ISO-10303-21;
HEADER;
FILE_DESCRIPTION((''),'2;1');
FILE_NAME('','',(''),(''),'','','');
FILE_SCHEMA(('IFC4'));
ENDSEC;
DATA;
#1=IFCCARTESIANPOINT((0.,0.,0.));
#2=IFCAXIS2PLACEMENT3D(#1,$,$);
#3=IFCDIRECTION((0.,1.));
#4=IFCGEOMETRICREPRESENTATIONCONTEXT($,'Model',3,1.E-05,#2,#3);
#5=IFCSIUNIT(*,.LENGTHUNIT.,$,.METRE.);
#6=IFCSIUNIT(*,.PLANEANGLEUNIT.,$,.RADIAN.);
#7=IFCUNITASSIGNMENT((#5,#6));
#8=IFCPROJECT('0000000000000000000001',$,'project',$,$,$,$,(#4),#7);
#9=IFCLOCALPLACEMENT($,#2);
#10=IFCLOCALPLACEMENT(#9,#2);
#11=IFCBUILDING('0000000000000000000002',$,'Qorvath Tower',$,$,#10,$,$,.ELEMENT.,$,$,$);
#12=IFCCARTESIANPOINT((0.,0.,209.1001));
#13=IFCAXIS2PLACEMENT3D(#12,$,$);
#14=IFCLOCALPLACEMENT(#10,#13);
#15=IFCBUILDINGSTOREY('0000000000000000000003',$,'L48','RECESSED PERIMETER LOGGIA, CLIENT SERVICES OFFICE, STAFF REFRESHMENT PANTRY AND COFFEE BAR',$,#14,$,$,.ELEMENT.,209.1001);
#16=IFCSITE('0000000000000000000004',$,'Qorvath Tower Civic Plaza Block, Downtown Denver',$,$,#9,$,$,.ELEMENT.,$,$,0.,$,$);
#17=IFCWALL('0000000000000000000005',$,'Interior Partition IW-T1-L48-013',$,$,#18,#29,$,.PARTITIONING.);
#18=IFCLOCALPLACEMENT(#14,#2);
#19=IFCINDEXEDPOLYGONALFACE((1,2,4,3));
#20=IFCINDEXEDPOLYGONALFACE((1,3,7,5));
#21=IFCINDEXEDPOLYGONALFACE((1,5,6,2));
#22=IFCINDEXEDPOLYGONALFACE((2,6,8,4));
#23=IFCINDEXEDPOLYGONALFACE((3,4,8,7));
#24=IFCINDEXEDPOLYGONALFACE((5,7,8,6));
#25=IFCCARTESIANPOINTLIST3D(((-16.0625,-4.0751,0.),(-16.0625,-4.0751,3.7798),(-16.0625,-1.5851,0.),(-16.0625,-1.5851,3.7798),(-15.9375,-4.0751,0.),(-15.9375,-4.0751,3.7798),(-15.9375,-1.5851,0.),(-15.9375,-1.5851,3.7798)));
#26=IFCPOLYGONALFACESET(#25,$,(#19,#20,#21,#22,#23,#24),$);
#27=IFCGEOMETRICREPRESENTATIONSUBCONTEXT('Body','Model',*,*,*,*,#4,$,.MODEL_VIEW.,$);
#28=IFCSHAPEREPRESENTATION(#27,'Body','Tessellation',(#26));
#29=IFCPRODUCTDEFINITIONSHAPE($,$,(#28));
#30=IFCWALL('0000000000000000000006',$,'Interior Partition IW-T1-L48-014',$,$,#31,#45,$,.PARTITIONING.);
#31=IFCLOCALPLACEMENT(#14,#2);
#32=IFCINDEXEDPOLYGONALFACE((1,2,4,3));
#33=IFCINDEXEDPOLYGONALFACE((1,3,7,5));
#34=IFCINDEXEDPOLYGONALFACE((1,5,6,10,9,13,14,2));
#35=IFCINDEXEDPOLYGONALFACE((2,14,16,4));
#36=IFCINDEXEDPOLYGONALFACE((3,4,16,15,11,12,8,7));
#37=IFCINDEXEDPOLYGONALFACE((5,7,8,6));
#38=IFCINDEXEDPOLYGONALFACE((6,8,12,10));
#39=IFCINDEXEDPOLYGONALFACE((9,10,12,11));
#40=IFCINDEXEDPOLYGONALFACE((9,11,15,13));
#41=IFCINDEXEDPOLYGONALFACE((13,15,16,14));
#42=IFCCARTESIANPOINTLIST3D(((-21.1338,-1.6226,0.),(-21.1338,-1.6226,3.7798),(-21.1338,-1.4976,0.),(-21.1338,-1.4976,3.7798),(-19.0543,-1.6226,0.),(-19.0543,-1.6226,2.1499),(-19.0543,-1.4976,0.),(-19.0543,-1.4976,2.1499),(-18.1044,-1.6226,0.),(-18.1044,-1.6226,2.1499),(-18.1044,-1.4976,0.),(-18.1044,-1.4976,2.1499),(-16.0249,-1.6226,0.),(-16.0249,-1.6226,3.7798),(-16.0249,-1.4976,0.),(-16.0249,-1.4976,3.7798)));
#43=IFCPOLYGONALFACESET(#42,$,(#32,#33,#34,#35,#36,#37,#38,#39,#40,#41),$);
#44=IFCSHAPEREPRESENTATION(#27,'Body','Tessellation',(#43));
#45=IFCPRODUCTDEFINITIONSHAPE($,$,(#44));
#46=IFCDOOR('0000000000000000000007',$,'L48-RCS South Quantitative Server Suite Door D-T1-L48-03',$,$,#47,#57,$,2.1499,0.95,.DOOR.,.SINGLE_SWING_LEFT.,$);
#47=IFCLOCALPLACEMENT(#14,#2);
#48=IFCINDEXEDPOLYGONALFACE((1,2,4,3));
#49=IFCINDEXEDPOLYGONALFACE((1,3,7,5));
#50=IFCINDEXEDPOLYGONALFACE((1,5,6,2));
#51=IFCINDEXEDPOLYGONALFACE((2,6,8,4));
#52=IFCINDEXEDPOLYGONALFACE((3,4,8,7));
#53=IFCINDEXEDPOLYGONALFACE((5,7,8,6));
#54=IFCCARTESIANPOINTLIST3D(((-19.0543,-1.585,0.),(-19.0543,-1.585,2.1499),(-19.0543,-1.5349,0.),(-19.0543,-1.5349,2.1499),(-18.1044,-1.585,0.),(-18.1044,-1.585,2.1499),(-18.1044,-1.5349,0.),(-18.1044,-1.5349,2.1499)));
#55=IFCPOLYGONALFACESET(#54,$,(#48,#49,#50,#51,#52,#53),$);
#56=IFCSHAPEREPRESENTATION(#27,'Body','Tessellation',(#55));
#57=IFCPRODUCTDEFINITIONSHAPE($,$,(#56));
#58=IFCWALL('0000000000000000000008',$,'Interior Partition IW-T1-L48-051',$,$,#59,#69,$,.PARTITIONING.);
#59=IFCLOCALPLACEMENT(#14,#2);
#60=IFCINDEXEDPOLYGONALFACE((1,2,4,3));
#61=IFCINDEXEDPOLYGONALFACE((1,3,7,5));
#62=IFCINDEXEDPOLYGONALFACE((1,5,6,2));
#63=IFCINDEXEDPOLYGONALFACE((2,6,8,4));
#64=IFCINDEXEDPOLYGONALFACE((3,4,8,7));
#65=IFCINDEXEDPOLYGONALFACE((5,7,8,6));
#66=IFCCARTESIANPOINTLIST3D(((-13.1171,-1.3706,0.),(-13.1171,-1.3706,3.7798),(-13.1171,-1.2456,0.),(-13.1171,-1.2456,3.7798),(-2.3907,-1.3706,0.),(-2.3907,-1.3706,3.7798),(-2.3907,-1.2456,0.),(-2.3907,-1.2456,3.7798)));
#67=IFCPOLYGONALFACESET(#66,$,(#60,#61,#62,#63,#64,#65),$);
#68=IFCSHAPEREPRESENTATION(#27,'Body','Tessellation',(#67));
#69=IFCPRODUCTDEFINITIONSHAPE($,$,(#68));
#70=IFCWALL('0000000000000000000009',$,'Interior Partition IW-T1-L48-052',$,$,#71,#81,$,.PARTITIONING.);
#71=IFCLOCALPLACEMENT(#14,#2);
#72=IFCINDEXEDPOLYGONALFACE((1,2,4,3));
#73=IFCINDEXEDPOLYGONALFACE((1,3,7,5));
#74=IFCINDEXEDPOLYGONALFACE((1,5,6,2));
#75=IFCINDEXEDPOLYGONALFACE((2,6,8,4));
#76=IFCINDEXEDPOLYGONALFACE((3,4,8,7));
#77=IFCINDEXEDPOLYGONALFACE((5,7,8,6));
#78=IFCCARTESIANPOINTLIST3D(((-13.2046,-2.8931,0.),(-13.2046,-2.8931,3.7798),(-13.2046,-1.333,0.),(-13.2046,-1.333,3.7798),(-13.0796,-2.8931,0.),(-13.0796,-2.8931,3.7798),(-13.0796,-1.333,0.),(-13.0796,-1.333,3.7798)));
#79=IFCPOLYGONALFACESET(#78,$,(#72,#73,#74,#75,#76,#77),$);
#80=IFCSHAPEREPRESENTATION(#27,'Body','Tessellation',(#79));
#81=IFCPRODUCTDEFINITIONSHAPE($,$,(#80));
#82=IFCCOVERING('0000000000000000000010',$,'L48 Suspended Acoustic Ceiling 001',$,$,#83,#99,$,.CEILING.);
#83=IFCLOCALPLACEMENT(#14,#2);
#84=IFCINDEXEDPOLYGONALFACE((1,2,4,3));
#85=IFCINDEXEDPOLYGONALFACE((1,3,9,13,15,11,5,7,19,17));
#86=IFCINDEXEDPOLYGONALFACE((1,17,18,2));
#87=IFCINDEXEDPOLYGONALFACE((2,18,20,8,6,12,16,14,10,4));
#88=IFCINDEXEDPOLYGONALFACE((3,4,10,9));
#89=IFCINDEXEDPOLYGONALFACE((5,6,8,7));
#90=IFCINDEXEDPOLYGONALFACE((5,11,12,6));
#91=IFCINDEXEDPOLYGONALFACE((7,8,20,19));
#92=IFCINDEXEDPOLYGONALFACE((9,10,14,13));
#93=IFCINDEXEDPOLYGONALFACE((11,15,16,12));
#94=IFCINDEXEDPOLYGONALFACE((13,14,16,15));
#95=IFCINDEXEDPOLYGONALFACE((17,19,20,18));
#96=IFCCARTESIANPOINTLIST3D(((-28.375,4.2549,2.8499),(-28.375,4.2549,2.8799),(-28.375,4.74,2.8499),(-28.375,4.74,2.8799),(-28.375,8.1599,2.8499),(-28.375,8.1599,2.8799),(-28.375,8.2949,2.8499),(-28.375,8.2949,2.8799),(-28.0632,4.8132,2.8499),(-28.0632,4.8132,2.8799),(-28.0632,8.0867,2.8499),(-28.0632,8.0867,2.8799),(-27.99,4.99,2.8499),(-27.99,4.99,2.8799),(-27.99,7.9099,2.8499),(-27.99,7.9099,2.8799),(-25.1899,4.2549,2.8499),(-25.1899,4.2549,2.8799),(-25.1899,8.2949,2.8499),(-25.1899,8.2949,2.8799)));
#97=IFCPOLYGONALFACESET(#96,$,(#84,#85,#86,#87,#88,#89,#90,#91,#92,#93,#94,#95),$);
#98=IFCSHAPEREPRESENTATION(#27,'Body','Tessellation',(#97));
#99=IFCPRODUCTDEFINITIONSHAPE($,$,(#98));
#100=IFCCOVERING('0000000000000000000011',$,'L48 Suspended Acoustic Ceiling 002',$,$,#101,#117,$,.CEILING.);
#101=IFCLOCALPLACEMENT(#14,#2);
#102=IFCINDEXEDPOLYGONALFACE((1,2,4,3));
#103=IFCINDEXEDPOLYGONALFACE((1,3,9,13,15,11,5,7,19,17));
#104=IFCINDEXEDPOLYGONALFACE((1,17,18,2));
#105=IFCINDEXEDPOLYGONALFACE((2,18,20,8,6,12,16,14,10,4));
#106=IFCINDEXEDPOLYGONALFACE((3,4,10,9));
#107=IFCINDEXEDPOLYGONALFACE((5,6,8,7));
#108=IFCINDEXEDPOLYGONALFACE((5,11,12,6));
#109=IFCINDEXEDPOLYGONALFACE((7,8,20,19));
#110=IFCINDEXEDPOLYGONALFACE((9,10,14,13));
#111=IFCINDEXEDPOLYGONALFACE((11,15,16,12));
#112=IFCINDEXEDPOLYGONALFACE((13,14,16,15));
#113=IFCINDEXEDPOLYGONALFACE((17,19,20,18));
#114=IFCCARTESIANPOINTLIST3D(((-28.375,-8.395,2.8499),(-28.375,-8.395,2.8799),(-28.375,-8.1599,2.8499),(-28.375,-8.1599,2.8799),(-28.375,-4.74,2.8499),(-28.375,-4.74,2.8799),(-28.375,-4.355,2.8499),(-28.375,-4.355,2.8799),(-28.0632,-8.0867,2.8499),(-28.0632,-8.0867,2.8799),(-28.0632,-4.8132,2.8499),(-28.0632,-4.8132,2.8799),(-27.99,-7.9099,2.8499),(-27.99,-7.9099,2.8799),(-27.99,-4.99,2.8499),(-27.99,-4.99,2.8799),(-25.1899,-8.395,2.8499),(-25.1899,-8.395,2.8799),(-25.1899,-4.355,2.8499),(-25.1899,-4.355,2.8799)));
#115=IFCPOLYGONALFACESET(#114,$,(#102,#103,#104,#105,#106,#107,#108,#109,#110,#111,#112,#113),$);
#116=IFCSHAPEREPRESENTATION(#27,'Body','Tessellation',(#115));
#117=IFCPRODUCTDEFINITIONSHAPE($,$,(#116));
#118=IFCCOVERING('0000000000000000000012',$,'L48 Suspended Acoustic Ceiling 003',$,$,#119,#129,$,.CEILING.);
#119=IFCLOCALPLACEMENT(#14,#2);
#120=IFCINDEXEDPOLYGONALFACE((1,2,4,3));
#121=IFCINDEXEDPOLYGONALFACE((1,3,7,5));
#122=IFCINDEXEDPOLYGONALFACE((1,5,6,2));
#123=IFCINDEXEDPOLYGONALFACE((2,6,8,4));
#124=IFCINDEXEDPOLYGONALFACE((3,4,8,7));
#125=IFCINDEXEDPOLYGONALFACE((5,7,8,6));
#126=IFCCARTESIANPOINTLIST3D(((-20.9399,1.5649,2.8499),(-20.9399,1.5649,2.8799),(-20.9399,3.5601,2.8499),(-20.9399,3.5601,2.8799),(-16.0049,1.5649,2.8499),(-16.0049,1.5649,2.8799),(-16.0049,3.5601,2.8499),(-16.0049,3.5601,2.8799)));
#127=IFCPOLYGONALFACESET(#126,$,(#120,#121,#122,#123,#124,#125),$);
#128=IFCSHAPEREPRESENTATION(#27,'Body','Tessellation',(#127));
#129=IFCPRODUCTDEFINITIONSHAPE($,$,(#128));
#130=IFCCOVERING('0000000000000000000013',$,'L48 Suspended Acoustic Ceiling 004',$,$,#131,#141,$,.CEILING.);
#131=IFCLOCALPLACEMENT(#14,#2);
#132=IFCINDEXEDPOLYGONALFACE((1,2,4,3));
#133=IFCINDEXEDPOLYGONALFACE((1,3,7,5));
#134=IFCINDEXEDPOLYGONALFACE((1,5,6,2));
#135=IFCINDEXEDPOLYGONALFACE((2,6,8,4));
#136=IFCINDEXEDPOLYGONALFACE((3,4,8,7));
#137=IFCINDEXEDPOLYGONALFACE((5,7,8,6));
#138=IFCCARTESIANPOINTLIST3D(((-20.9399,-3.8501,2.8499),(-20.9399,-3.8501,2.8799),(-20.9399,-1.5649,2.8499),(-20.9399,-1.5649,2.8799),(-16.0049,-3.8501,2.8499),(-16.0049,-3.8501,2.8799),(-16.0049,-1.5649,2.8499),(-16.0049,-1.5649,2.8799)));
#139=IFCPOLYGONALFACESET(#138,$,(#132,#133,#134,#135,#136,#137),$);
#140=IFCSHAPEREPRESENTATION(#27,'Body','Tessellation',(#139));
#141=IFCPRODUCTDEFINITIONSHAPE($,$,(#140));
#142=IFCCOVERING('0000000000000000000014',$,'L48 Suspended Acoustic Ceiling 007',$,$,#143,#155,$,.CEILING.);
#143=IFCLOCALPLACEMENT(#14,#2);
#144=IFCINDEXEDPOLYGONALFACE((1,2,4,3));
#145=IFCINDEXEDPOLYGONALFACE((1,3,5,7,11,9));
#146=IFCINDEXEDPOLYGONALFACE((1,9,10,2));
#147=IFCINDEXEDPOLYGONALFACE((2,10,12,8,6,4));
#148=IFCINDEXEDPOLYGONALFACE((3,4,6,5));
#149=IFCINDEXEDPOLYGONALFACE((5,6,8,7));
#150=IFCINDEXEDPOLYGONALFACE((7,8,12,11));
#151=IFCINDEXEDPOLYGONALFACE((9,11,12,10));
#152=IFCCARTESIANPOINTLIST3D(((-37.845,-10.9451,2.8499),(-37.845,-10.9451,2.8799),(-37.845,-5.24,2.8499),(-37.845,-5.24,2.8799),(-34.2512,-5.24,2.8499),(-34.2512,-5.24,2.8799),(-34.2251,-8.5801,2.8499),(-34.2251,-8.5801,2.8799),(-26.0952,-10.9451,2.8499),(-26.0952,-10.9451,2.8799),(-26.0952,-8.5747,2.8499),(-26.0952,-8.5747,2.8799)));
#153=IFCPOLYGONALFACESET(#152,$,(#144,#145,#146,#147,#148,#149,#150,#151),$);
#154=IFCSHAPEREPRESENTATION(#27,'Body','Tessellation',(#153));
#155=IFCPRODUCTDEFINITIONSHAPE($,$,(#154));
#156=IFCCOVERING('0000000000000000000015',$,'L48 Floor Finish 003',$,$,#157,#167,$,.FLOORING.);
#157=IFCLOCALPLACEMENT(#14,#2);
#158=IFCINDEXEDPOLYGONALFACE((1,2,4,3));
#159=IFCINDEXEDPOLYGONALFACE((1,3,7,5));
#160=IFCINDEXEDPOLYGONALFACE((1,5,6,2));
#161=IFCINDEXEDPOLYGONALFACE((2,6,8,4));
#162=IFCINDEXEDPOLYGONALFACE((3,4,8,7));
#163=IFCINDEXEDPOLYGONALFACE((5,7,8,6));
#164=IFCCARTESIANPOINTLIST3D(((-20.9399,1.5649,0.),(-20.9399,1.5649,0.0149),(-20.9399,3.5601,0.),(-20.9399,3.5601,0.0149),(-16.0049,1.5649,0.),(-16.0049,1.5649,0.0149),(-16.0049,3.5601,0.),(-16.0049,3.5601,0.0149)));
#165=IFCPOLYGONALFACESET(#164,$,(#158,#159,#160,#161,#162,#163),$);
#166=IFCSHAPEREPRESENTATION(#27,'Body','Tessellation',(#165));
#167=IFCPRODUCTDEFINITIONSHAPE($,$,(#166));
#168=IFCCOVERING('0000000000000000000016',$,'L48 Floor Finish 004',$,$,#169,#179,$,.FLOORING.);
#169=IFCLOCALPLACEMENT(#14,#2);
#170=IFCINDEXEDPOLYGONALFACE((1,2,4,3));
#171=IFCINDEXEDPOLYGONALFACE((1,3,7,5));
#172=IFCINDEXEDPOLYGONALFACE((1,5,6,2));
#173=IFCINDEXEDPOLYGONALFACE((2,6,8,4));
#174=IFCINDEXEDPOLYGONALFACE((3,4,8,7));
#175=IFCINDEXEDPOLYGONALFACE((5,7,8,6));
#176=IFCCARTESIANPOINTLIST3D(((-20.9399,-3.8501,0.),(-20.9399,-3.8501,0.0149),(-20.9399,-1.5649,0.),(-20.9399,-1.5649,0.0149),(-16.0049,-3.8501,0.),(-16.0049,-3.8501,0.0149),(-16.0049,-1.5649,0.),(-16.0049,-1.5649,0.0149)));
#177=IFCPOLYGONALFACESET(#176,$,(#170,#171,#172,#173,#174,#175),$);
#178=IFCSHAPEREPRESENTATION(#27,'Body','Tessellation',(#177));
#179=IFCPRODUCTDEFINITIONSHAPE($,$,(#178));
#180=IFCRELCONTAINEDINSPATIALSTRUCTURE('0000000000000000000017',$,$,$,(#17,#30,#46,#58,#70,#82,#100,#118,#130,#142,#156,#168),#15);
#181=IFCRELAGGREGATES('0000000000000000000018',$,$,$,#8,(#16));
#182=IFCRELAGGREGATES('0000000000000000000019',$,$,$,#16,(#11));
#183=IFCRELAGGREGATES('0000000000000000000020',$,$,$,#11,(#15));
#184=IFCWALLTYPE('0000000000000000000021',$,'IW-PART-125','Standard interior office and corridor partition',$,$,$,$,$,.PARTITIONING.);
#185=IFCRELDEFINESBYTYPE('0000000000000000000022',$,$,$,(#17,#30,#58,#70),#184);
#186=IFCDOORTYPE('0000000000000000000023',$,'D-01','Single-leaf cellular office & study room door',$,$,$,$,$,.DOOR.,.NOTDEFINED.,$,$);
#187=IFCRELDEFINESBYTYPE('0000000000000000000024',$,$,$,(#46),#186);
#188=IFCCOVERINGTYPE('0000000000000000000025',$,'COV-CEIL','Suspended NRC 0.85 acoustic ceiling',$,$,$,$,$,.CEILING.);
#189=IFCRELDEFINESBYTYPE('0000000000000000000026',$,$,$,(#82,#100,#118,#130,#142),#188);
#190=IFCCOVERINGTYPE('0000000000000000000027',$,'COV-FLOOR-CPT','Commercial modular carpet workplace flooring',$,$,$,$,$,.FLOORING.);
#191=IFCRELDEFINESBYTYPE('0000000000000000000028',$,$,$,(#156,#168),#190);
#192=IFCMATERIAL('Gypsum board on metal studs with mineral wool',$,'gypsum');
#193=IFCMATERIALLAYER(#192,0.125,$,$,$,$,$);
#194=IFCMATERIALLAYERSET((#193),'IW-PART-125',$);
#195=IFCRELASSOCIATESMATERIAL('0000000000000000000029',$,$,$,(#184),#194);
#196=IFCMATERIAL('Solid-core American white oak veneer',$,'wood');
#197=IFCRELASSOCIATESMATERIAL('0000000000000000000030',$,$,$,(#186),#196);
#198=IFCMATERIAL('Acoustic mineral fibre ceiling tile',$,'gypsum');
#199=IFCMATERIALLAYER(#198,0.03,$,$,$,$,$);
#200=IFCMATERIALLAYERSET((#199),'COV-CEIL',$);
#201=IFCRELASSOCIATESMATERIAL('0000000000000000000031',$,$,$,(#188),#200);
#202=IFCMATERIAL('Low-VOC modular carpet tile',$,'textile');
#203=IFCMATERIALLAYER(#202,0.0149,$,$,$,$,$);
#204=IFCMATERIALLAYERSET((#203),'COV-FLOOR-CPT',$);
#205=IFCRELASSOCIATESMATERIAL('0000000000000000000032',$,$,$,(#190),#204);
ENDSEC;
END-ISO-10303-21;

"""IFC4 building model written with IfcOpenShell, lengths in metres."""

from ifc_helpers import new_model, si_unit, direction, frame, frame_2d, origin, place, context, subcontext, project, spatial, polyline, rectangle, outline, extrude, material, layer, layer_set, type_object, element, fill, save


model = new_model("IFC4")

# Units and contexts
model_context = context("Model", 3, precision=1e-05, world=origin(), true_north=direction((0.0, 1.0)))
body_context = subcontext(model_context, "Body", "Model", "MODEL_VIEW")
ifc_project = project(units=[si_unit("LENGTHUNIT", "METRE"), si_unit("PLANEANGLEUNIT", "RADIAN")], contexts=[model_context])

# Site, building, storey
site_placement = place(None, origin())
site = spatial("IfcSite", under=ifc_project, at=site_placement, Name="Qorvath Tower Civic Plaza Block, Downtown Denver", CompositionType="ELEMENT", RefElevation=0.0)
building_placement = place(site_placement, origin())
building = spatial("IfcBuilding", under=site, at=building_placement, Name="Qorvath Tower", CompositionType="ELEMENT")
storey_placement = place(building_placement, frame((0.0, 0.0, 209.1001)))
storey = spatial("IfcBuildingStorey", under=building, at=storey_placement, Name="L48", Description="RECESSED PERIMETER LOGGIA, CLIENT SERVICES OFFICE, STAFF REFRESHMENT PANTRY AND COFFEE BAR", CompositionType="ELEMENT", Elevation=209.1001)

# Wall
ifc_material_1 = material(Name="Gypsum board on metal studs with mineral wool", Category="gypsum")
ifc_layer_1 = layer(ifc_material_1, 0.125)
ifc_layer_set_1 = layer_set([ifc_layer_1], Name="IW-PART-125")
wall_type_1 = type_object("IfcWallType", Name="IW-PART-125", Description="Standard interior office and corridor partition", PredefinedType="PARTITIONING", material=ifc_layer_set_1)
wall_1_placement = place(storey_placement, frame((-16.0, -4.0752, 0.0), z_axis=(0.0, 0.0, 1.0), x_axis=(0.0, 1.0, 0.0)))
element("IfcWall", 1, at=wall_1_placement, inside=storey, type_object=wall_type_1, Name="Interior Partition IW-T1-L48-013", PredefinedType="PARTITIONING", context=body_context, shape_type="SweptSolid", body=[
    extrude(rectangle(XDim=2.49, YDim=0.125, at=frame_2d((1.2451, 0.0))), origin(), (0.0, 0.0, 1.0), 3.7798),
])

# Wall, opening, door
wall_2_placement = place(storey_placement, frame((-16.0249, -1.5601, 0.0), z_axis=(0.0, 0.0, 1.0), x_axis=(-1.0, 0.0, 0.0)))
wall_2 = element("IfcWall", 2, at=wall_2_placement, inside=storey, type_object=wall_type_1, Name="Interior Partition IW-T1-L48-014", PredefinedType="PARTITIONING", context=body_context, shape_type="SweptSolid", body=[
    extrude(rectangle(XDim=5.1089, YDim=0.125, at=frame_2d((2.5544, 0.0))), origin(), (0.0, 0.0, 1.0), 3.7798),
])
opening_1_placement = place(wall_2_placement, frame((2.0793, 0.0, 0.0)))
opening_1 = element("IfcOpeningElement", 3, at=opening_1_placement, cuts=wall_2, PredefinedType="OPENING", context=body_context, shape_type="SweptSolid", body=[
    extrude(rectangle(XDim=0.95, YDim=2.1499, at=frame_2d((0.4751, 1.075))), frame((0.0, 0.0725, 0.0), z_axis=(0.0, -1.0, 0.0), x_axis=(1.0, 0.0, 0.0)), (0.0, 0.0, 1.0), 0.145),
])
ifc_material_2 = material(Name="Solid-core American white oak veneer", Category="wood")
door_type_1 = type_object("IfcDoorType", Name="D-01", Description="Single-leaf cellular office & study room door", OperationType="NOTDEFINED", PredefinedType="DOOR", material=ifc_material_2)
door_1_placement = place(opening_1_placement, origin())
door_1 = element("IfcDoor", 4, at=door_1_placement, inside=storey, type_object=door_type_1, Name="L48-RCS South Quantitative Server Suite Door D-T1-L48-03", OperationType="SINGLE_SWING_LEFT", OverallHeight=2.1499, OverallWidth=0.95, PredefinedType="DOOR", context=body_context, shape_type="SweptSolid", body=[
    extrude(rectangle(XDim=0.95, YDim=2.1499, at=frame_2d((0.4751, 1.075))), frame((0.0, 0.0249, 0.0), z_axis=(0.0, -1.0, 0.0), x_axis=(1.0, 0.0, 0.0)), (0.0, 0.0, 1.0), 0.05),
])
fill(opening_1, door_1)

# Walls
wall_3_placement = place(storey_placement, frame((-13.1172, -1.3081, 0.0), z_axis=(0.0, 0.0, 1.0), x_axis=(1.0, 0.0, 0.0)))
element("IfcWall", 5, at=wall_3_placement, inside=storey, type_object=wall_type_1, Name="Interior Partition IW-T1-L48-051", PredefinedType="PARTITIONING", context=body_context, shape_type="SweptSolid", body=[
    extrude(rectangle(XDim=10.7263, YDim=0.125, at=frame_2d((5.3633, 0.0))), origin(), (0.0, 0.0, 1.0), 3.7798),
])
wall_4_placement = place(storey_placement, frame((-13.1421, -1.333, 0.0), z_axis=(0.0, 0.0, 1.0), x_axis=(0.0, -1.0, 0.0)))
element("IfcWall", 6, at=wall_4_placement, inside=storey, type_object=wall_type_1, Name="Interior Partition IW-T1-L48-052", PredefinedType="PARTITIONING", context=body_context, shape_type="SweptSolid", body=[
    extrude(rectangle(XDim=1.5601, YDim=0.125, at=frame_2d((0.78, 0.0))), origin(), (0.0, 0.0, 1.0), 3.7798),
])

# Coverings
ifc_material_3 = material(Name="Acoustic mineral fibre ceiling tile", Category="gypsum")
ifc_layer_2 = layer(ifc_material_3, 0.03)
ifc_layer_set_2 = layer_set([ifc_layer_2], Name="COV-CEIL")
covering_type_1 = type_object("IfcCoveringType", Name="COV-CEIL", Description="Suspended NRC 0.85 acoustic ceiling", PredefinedType="CEILING", material=ifc_layer_set_2)
covering_1_placement = place(storey_placement, frame((0.0, 0.0, 2.8499)))
element("IfcCovering", 7, at=covering_1_placement, inside=storey, type_object=covering_type_1, Name="L48 Suspended Acoustic Ceiling 001", PredefinedType="CEILING", context=body_context, shape_type="SweptSolid", body=[
    extrude(outline(polyline([(-25.1899, 4.2549), (-25.1899, 8.2949), (-28.375, 8.2949), (-28.375, 8.1599), (-28.0632, 8.0867), (-27.99, 7.9099), (-27.99, 4.99), (-28.0632, 4.8132), (-28.375, 4.74), (-28.375, 4.2549), (-25.1899, 4.2549)])), origin(), (0.0, 0.0, 1.0), 0.03),
])
covering_2_placement = place(storey_placement, frame((0.0, 0.0, 2.8499)))
element("IfcCovering", 8, at=covering_2_placement, inside=storey, type_object=covering_type_1, Name="L48 Suspended Acoustic Ceiling 002", PredefinedType="CEILING", context=body_context, shape_type="SweptSolid", body=[
    extrude(outline(polyline([(-25.1899, -8.395), (-25.1899, -4.355), (-28.375, -4.355), (-28.375, -4.74), (-28.0632, -4.8132), (-27.99, -4.99), (-27.99, -7.9099), (-28.0632, -8.0867), (-28.375, -8.1599), (-28.375, -8.395), (-25.1899, -8.395)])), origin(), (0.0, 0.0, 1.0), 0.03),
])
covering_3_placement = place(storey_placement, frame((0.0, 0.0, 2.8499)))
element("IfcCovering", 9, at=covering_3_placement, inside=storey, type_object=covering_type_1, Name="L48 Suspended Acoustic Ceiling 003", PredefinedType="CEILING", context=body_context, shape_type="SweptSolid", body=[
    extrude(outline(polyline([(-16.0049, 3.5601), (-20.9399, 3.5601), (-20.9399, 1.5649), (-16.0049, 1.5649), (-16.0049, 3.5601)])), origin(), (0.0, 0.0, 1.0), 0.03),
])
covering_4_placement = place(storey_placement, frame((0.0, 0.0, 2.8499)))
element("IfcCovering", 10, at=covering_4_placement, inside=storey, type_object=covering_type_1, Name="L48 Suspended Acoustic Ceiling 004", PredefinedType="CEILING", context=body_context, shape_type="SweptSolid", body=[
    extrude(outline(polyline([(-20.9399, -1.5649), (-20.9399, -3.8501), (-16.0049, -3.8501), (-16.0049, -1.5649), (-20.9399, -1.5649)])), origin(), (0.0, 0.0, 1.0), 0.03),
])
covering_5_placement = place(storey_placement, frame((0.0, 0.0, 2.8499)))
element("IfcCovering", 11, at=covering_5_placement, inside=storey, type_object=covering_type_1, Name="L48 Suspended Acoustic Ceiling 007", PredefinedType="CEILING", context=body_context, shape_type="SweptSolid", body=[
    extrude(outline(polyline([(-34.2251, -8.5801), (-34.2512, -5.24), (-37.845, -5.24), (-37.845, -10.9451), (-26.0952, -10.9451), (-26.0952, -8.5747), (-34.2251, -8.5801)])), origin(), (0.0, 0.0, 1.0), 0.03),
])
ifc_material_4 = material(Name="Low-VOC modular carpet tile", Category="textile")
ifc_layer_3 = layer(ifc_material_4, 0.0149)
ifc_layer_set_3 = layer_set([ifc_layer_3], Name="COV-FLOOR-CPT")
covering_type_2 = type_object("IfcCoveringType", Name="COV-FLOOR-CPT", Description="Commercial modular carpet workplace flooring", PredefinedType="FLOORING", material=ifc_layer_set_3)
covering_6_placement = place(storey_placement, origin())
element("IfcCovering", 12, at=covering_6_placement, inside=storey, type_object=covering_type_2, Name="L48 Floor Finish 003", PredefinedType="FLOORING", context=body_context, shape_type="SweptSolid", body=[
    extrude(outline(polyline([(-16.0049, 3.5601), (-20.9399, 3.5601), (-20.9399, 1.5649), (-16.0049, 1.5649), (-16.0049, 3.5601)])), origin(), (0.0, 0.0, 1.0), 0.0149),
])
covering_7_placement = place(storey_placement, origin())
element("IfcCovering", 13, at=covering_7_placement, inside=storey, type_object=covering_type_2, Name="L48 Floor Finish 004", PredefinedType="FLOORING", context=body_context, shape_type="SweptSolid", body=[
    extrude(outline(polyline([(-20.9399, -1.5649), (-20.9399, -3.8501), (-16.0049, -3.8501), (-16.0049, -1.5649), (-20.9399, -1.5649)])), origin(), (0.0, 0.0, 1.0), 0.0149),
])

save(model, "model.ifc")
